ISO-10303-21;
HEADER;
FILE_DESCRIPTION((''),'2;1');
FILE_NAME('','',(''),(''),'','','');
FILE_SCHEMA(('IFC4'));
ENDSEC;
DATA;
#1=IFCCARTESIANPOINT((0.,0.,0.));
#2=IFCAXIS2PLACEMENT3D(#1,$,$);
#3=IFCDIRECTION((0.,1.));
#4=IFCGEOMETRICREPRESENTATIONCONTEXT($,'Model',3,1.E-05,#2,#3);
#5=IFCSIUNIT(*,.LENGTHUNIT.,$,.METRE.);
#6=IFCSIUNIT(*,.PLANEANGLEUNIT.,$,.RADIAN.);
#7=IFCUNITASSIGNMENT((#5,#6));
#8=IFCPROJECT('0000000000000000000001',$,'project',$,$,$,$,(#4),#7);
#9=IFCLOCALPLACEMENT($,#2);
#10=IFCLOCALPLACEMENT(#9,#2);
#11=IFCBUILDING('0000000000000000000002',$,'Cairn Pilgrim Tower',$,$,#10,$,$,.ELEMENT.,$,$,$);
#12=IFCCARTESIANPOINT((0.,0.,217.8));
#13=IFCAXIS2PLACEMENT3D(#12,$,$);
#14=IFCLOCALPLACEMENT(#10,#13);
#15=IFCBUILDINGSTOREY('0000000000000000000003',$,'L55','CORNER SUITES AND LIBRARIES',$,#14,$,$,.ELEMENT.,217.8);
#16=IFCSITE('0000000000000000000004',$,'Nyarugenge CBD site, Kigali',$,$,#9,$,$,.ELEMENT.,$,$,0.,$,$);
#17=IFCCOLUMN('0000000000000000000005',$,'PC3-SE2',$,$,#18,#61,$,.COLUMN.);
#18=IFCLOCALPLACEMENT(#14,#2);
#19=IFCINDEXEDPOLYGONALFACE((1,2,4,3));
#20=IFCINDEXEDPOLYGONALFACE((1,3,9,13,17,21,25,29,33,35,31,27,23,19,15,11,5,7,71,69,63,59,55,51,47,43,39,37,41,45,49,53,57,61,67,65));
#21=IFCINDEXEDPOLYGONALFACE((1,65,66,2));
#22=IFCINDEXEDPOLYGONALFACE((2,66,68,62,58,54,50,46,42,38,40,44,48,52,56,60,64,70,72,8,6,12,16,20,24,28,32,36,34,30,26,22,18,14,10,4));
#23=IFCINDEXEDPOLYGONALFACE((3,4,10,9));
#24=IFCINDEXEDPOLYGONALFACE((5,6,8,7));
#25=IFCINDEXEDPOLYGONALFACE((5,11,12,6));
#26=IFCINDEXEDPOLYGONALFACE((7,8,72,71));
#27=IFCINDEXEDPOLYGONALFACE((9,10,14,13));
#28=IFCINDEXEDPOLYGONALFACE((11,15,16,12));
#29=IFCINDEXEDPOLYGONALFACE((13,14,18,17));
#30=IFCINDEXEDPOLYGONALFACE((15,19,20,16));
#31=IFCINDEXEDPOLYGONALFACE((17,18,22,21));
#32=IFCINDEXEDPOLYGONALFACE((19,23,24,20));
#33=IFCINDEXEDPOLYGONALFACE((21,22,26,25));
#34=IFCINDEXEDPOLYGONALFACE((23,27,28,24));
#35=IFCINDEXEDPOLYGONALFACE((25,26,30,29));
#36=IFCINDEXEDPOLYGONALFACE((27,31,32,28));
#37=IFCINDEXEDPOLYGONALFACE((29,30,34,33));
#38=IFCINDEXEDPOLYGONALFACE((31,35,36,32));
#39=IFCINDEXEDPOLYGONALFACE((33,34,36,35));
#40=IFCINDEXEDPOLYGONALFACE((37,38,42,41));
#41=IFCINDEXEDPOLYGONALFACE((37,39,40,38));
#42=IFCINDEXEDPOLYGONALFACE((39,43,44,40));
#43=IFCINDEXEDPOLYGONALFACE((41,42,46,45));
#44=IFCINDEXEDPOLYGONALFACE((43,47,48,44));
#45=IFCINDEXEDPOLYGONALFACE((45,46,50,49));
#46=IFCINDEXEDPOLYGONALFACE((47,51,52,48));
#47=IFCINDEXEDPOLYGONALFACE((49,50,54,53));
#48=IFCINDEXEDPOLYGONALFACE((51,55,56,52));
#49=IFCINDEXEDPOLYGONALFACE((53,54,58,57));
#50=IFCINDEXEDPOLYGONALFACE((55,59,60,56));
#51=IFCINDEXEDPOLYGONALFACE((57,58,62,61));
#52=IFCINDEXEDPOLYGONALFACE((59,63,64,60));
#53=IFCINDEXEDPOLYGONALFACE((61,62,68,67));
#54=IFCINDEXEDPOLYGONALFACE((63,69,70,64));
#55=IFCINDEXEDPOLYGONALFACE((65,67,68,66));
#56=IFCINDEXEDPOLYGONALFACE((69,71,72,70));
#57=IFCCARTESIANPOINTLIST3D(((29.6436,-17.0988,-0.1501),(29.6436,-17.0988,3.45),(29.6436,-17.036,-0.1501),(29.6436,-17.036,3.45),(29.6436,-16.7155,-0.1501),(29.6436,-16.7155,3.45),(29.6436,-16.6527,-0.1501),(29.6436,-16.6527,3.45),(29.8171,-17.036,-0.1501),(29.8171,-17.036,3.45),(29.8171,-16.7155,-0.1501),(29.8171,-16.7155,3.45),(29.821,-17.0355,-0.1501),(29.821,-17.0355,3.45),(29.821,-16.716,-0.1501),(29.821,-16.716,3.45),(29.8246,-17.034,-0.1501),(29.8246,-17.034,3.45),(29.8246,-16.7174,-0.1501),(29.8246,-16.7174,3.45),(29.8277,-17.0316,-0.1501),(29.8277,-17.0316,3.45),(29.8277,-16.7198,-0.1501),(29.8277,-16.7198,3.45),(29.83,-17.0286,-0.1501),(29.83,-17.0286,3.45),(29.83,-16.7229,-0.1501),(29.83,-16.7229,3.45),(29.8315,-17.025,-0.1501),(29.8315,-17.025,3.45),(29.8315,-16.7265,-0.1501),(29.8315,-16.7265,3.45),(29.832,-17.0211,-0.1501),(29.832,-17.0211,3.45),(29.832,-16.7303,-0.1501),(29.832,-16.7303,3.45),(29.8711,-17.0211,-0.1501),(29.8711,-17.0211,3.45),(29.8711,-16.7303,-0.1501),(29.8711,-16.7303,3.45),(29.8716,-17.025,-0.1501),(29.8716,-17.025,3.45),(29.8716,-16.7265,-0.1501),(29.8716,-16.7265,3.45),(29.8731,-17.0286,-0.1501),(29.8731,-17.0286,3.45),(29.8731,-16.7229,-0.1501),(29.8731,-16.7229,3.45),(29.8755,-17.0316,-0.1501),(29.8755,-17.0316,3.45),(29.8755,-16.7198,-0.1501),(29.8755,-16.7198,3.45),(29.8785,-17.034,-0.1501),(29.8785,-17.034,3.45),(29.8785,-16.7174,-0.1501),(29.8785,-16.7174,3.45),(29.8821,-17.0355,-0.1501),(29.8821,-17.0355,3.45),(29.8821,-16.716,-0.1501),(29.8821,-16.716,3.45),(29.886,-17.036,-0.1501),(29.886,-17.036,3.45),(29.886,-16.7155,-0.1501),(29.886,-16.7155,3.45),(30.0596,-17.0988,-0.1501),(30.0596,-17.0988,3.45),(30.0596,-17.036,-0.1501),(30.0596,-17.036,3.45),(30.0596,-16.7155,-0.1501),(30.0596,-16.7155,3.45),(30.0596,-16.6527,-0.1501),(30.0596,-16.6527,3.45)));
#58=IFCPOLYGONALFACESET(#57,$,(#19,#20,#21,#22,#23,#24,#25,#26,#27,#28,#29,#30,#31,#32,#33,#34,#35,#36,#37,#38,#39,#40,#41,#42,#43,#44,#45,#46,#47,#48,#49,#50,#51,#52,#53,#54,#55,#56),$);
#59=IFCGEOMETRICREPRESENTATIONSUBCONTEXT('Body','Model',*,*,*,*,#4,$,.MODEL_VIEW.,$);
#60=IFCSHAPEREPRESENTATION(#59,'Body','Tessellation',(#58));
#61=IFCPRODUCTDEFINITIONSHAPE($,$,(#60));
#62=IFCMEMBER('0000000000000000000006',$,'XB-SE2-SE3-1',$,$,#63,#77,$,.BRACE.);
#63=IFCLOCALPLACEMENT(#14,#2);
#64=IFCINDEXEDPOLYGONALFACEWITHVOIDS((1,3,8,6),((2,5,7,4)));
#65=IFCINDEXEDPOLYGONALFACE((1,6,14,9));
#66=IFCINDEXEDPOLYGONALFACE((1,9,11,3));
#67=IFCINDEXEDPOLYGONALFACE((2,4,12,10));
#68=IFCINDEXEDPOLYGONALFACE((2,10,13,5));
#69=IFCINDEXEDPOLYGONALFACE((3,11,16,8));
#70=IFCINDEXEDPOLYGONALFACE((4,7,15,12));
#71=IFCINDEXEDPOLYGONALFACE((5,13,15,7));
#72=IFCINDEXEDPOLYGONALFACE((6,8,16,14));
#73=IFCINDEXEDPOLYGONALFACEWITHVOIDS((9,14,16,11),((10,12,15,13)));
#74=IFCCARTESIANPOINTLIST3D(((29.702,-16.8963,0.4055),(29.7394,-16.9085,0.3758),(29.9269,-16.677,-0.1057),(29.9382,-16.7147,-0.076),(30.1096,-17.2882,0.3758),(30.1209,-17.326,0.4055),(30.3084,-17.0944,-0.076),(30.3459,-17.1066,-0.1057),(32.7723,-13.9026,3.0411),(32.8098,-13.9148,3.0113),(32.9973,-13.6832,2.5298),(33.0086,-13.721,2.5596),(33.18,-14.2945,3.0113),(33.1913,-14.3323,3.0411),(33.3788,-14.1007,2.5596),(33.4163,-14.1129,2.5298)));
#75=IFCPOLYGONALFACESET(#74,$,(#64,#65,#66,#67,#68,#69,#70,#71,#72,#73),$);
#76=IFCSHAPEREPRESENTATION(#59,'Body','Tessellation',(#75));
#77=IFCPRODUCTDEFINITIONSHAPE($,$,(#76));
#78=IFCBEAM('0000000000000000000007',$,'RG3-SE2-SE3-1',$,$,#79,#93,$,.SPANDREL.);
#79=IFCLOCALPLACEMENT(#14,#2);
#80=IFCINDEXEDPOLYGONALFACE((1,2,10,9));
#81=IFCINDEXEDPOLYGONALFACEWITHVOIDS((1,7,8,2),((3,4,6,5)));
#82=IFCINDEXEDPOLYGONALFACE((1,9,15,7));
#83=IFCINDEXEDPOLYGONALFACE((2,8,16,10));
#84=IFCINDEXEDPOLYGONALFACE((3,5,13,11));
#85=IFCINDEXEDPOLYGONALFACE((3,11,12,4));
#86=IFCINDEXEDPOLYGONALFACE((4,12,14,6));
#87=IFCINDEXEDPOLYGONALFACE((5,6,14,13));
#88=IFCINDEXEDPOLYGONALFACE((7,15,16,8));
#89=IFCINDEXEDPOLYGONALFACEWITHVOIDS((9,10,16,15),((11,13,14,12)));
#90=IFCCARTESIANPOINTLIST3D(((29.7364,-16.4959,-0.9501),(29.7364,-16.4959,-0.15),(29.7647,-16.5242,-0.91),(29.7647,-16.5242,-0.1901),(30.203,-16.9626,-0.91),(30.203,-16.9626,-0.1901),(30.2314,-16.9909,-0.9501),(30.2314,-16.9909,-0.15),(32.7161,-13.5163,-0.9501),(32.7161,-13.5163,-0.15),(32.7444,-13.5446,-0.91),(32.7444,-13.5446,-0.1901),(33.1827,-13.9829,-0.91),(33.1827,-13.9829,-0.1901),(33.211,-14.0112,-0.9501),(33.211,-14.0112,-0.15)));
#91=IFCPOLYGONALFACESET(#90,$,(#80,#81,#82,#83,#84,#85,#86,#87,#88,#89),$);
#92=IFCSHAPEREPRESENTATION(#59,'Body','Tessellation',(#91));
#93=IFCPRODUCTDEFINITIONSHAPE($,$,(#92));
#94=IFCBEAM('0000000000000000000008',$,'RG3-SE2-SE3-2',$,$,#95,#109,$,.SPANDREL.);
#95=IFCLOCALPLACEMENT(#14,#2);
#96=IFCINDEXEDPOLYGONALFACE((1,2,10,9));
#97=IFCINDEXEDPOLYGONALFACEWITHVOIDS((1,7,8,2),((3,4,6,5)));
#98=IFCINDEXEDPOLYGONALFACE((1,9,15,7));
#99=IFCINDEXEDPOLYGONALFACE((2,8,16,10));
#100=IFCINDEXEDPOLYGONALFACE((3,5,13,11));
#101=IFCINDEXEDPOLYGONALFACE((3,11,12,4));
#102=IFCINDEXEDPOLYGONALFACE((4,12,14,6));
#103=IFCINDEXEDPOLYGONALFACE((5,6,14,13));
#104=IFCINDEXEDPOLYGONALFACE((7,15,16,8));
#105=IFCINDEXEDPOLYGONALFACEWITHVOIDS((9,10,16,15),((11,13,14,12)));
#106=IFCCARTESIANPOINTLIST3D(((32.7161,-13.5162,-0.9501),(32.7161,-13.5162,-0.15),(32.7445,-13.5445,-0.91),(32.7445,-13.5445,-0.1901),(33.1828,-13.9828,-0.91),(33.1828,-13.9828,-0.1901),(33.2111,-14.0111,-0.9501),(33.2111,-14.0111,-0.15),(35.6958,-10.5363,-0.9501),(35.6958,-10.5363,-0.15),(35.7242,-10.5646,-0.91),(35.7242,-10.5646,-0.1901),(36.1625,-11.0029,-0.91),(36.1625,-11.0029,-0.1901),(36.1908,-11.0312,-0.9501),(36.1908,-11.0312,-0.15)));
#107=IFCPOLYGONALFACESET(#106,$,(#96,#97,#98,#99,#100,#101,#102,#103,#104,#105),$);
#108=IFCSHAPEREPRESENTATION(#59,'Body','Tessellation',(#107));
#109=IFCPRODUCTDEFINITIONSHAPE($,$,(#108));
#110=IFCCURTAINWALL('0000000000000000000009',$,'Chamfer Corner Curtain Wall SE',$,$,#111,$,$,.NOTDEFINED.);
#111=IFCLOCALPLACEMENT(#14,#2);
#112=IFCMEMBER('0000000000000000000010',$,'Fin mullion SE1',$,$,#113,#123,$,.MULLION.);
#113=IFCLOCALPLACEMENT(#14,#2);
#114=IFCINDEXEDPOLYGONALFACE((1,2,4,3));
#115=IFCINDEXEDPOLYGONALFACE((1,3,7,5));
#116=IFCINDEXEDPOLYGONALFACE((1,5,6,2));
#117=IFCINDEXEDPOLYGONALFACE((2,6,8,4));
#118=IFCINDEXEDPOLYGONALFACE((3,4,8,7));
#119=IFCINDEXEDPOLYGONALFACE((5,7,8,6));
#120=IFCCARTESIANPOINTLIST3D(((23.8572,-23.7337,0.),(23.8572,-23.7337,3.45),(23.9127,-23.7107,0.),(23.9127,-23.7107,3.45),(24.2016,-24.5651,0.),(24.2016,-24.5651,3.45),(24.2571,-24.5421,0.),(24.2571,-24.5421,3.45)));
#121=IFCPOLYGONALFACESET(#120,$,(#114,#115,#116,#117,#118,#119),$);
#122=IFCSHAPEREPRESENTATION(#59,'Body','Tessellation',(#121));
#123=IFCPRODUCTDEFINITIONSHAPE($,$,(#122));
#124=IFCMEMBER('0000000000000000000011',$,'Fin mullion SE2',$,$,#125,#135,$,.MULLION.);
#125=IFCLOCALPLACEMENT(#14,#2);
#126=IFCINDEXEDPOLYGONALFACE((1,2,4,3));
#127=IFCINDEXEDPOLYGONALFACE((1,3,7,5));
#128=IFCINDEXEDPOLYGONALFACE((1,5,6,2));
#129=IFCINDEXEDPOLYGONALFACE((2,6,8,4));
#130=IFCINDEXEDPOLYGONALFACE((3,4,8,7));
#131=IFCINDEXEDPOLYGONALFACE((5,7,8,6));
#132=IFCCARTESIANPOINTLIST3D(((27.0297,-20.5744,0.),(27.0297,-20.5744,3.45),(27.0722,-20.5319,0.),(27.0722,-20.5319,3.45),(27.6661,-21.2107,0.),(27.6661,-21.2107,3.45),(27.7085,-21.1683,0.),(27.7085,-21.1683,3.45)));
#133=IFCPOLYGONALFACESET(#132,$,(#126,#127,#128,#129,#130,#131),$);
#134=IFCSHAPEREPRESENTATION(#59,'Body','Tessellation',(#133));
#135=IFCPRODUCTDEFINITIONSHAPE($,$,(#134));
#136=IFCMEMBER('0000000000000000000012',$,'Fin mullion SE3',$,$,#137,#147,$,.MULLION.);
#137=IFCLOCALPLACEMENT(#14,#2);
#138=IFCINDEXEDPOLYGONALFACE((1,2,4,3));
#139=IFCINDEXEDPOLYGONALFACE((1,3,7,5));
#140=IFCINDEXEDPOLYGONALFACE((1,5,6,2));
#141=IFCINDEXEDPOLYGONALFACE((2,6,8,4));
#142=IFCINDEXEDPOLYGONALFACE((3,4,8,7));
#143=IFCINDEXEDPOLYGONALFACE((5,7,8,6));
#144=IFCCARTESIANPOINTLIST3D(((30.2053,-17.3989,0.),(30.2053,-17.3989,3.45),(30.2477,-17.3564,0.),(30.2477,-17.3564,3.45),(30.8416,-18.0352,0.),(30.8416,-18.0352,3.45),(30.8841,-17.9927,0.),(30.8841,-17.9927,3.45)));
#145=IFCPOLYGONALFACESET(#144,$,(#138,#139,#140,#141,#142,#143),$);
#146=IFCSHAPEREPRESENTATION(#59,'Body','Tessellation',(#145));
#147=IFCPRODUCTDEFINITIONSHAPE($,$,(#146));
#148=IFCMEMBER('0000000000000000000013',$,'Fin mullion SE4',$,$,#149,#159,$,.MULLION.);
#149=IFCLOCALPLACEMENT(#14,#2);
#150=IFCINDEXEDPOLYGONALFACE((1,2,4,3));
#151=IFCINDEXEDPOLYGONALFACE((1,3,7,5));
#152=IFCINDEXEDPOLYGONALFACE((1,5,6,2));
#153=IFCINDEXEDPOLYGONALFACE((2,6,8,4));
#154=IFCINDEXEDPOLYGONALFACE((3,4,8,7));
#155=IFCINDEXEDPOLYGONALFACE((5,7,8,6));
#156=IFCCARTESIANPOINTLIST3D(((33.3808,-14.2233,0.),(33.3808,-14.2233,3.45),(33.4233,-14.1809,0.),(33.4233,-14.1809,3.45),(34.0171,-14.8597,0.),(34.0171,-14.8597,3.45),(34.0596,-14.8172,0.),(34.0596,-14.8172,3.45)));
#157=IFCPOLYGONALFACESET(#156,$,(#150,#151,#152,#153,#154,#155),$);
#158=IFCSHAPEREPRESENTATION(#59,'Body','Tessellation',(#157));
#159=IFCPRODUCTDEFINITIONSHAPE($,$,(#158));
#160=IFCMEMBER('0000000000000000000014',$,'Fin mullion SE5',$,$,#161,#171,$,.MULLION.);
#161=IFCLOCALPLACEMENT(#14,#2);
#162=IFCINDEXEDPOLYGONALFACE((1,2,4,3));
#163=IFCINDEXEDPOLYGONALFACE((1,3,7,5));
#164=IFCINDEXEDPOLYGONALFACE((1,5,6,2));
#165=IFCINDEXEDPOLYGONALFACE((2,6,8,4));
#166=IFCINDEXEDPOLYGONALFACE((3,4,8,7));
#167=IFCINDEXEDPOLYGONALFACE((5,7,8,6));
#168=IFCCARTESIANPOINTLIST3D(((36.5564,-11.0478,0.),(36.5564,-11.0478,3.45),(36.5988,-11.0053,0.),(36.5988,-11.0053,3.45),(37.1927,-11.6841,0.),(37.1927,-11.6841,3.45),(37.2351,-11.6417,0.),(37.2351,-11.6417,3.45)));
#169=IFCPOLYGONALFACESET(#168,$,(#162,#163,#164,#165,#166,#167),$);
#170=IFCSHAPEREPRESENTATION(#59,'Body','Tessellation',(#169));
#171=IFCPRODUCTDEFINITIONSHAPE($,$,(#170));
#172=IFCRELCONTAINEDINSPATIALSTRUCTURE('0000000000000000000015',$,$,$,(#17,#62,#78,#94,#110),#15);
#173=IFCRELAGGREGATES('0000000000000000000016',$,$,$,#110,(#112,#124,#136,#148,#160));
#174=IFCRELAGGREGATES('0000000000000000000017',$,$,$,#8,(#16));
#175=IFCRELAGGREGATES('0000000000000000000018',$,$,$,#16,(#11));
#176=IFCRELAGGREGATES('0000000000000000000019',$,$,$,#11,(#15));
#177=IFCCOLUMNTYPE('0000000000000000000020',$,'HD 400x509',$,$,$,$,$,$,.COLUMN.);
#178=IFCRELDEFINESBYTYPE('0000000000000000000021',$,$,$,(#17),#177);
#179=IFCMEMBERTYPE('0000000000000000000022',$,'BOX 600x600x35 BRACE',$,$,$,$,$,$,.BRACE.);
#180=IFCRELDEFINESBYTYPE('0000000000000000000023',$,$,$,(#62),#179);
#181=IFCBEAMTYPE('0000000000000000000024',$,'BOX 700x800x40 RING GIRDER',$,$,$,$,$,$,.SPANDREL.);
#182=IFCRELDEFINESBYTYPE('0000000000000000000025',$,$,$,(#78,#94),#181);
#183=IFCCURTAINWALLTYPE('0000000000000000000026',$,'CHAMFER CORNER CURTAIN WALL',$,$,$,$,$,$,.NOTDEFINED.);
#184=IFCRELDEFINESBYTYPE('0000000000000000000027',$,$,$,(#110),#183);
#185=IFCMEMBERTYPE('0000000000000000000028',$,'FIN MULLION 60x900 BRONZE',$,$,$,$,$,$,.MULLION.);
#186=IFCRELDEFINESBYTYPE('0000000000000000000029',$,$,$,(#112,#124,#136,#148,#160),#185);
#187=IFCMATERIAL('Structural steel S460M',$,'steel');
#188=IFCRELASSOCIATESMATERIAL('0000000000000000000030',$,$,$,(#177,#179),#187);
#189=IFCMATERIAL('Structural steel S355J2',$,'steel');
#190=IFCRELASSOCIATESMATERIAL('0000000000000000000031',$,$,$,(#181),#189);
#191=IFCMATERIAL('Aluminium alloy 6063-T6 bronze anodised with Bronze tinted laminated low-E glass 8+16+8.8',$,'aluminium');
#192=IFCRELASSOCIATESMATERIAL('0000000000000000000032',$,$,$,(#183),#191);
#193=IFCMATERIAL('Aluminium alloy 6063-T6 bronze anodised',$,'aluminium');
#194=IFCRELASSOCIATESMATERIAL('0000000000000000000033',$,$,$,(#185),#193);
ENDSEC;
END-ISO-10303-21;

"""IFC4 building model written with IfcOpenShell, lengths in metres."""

from ifc_helpers import new_model, si_unit, direction, frame, origin, origin_2d, place, context, subcontext, project, spatial, rectangle, hollow_rectangle, i_section, extrude, material, material_profile, profile_set, type_object, element, aggregate, save


model = new_model("IFC4")

# Units and contexts
model_context = context("Model", 3, precision=1e-05, world=origin(), true_north=direction((0.0, 1.0)))
body_context = subcontext(model_context, "Body", "Model", "MODEL_VIEW")
ifc_project = project(units=[si_unit("LENGTHUNIT", "METRE"), si_unit("PLANEANGLEUNIT", "RADIAN")], contexts=[model_context])

# Site, building, storey
site_placement = place(None, origin())
site = spatial("IfcSite", under=ifc_project, at=site_placement, Name="Nyarugenge CBD site, Kigali", CompositionType="ELEMENT", RefElevation=0.0)
building_placement = place(site_placement, origin())
building = spatial("IfcBuilding", under=site, at=building_placement, Name="Cairn Pilgrim Tower", CompositionType="ELEMENT")
storey_placement = place(building_placement, frame((0.0, 0.0, 217.8)))
storey = spatial("IfcBuildingStorey", under=building, at=storey_placement, Name="L55", Description="CORNER SUITES AND LIBRARIES", CompositionType="ELEMENT", Elevation=217.8)

# Column
ifc_material_1 = material(Name="Structural steel S460M", Category="steel")
ifc_material_profile_1 = material_profile(ifc_material_1, i_section(OverallWidth=0.416, OverallDepth=0.446, WebThickness=0.0391, FlangeThickness=0.0627, FilletRadius=0.0149, at=origin_2d()), Name="HD 400x509")
ifc_profile_set_1 = profile_set([ifc_material_profile_1], Name="Structural steel S460M")
column_type = type_object("IfcColumnType", Name="HD 400x509", PredefinedType="COLUMN", material=ifc_profile_set_1)
column_placement = place(storey_placement, frame((29.8516, -16.8757, -0.1501), z_axis=(0.0, 0.0, 1.0), x_axis=(1.0, 0.0, 0.0)))
element("IfcColumn", 1, at=column_placement, inside=storey, type_object=column_type, Name="PC3-SE2", PredefinedType="COLUMN", context=body_context, shape_type="SweptSolid", body=[
    extrude(i_section(OverallWidth=0.416, OverallDepth=0.446, WebThickness=0.0391, FlangeThickness=0.0627, FilletRadius=0.0149, at=origin_2d()), origin(), (0.0, 0.0, 1.0), 3.6001),
])

# Member
ifc_material_profile_2 = material_profile(ifc_material_1, hollow_rectangle(XDim=0.6001, YDim=0.6001, WallThickness=0.0349, at=origin_2d()), Name="BOX 600x600x35")
ifc_profile_set_2 = profile_set([ifc_material_profile_2], Name="Structural steel S460M")
member_type_1 = type_object("IfcMemberType", Name="BOX 600x600x35 BRACE", PredefinedType="BRACE", material=ifc_profile_set_2)
member_1_placement = place(storey_placement, frame((30.0239, -17.0015, 0.1499), z_axis=(0.609994, 0.594763, 0.523607), x_axis=(-0.698112, 0.715989, 0.0)))
element("IfcMember", 2, at=member_1_placement, inside=storey, type_object=member_type_1, Name="XB-SE2-SE3-1", PredefinedType="BRACE", context=body_context, shape_type="SweptSolid", body=[
    extrude(hollow_rectangle(XDim=0.6001, YDim=0.6001, WallThickness=0.0349, at=origin_2d()), origin(), (0.0, 0.0, 1.0), 5.0334),
])

# Beams
ifc_material_2 = material(Name="Structural steel S355J2", Category="steel")
ifc_material_profile_3 = material_profile(ifc_material_2, hollow_rectangle(XDim=0.7, YDim=0.8, WallThickness=0.04, at=origin_2d()), Name="BOX 700x800x40")
ifc_profile_set_3 = profile_set([ifc_material_profile_3], Name="Structural steel S355J2")
beam_type_1 = type_object("IfcBeamType", Name="BOX 700x800x40 RING GIRDER", PredefinedType="SPANDREL", material=ifc_profile_set_3)
beam_1_placement = place(storey_placement, frame((29.9839, -16.7434, -0.55), z_axis=(0.707107, 0.707107, 0.0), x_axis=(-0.707107, 0.707107, 0.0)))
element("IfcBeam", 3, at=beam_1_placement, inside=storey, type_object=beam_type_1, Name="RG3-SE2-SE3-1", PredefinedType="SPANDREL", context=body_context, shape_type="SweptSolid", body=[
    extrude(hollow_rectangle(XDim=0.7, YDim=0.8, WallThickness=0.04, at=origin_2d()), origin(), (0.0, 0.0, 1.0), 4.2139),
])
beam_2_placement = place(storey_placement, frame((32.9636, -13.7637, -0.55), z_axis=(0.707078, 0.707136, 0.0), x_axis=(-0.707136, 0.707078, 0.0)))
element("IfcBeam", 4, at=beam_2_placement, inside=storey, type_object=beam_type_1, Name="RG3-SE2-SE3-2", PredefinedType="SPANDREL", context=body_context, shape_type="SweptSolid", body=[
    extrude(hollow_rectangle(XDim=0.7, YDim=0.8, WallThickness=0.04, at=origin_2d()), origin(), (0.0, 0.0, 1.0), 4.2141),
])

# Curtain wall, members
ifc_material_3 = material(Name="Aluminium alloy 6063-T6 bronze anodised with Bronze tinted laminated low-E glass 8+16+8.8", Category="aluminium")
curtain_wall_type = type_object("IfcCurtainWallType", Name="CHAMFER CORNER CURTAIN WALL", PredefinedType="NOTDEFINED", material=ifc_material_3)
curtain_wall_placement = place(storey_placement, origin())
curtain_wall = element("IfcCurtainWall", 5, at=curtain_wall_placement, inside=storey, type_object=curtain_wall_type, Name="Chamfer Corner Curtain Wall SE", PredefinedType="NOTDEFINED")
ifc_material_4 = material(Name="Aluminium alloy 6063-T6 bronze anodised", Category="aluminium")
ifc_material_profile_4 = material_profile(ifc_material_4, rectangle(XDim=0.8999, YDim=0.0601, at=origin_2d()), Name="FIN MULLION 60x900 BRONZE")
ifc_profile_set_4 = profile_set([ifc_material_profile_4], Name="Aluminium alloy 6063-T6 bronze anodised")
member_type_2 = type_object("IfcMemberType", Name="FIN MULLION 60x900 BRONZE", PredefinedType="MULLION", material=ifc_profile_set_4)
member_2_placement = place(storey_placement, frame((24.0571, -24.1379, 0.0), z_axis=(0.0, 0.0, 1.0), x_axis=(0.382683, -0.92388, 0.0)))
member_2 = element("IfcMember", 6, at=member_2_placement, type_object=member_type_2, Name="Fin mullion SE1", PredefinedType="MULLION", context=body_context, shape_type="SweptSolid", body=[
    extrude(rectangle(XDim=0.8999, YDim=0.0601, at=origin_2d()), origin(), (0.0, 0.0, 1.0), 3.45),
])
member_3_placement = place(storey_placement, frame((27.3691, -20.8713, 0.0), z_axis=(0.0, 0.0, 1.0), x_axis=(0.707107, -0.707107, 0.0)))
member_3 = element("IfcMember", 7, at=member_3_placement, type_object=member_type_2, Name="Fin mullion SE2", PredefinedType="MULLION", context=body_context, shape_type="SweptSolid", body=[
    extrude(rectangle(XDim=0.8999, YDim=0.0601, at=origin_2d()), origin(), (0.0, 0.0, 1.0), 3.45),
])
member_4_placement = place(storey_placement, frame((30.5447, -17.6958, 0.0), z_axis=(0.0, 0.0, 1.0), x_axis=(0.707107, -0.707107, 0.0)))
member_4 = element("IfcMember", 8, at=member_4_placement, type_object=member_type_2, Name="Fin mullion SE3", PredefinedType="MULLION", context=body_context, shape_type="SweptSolid", body=[
    extrude(rectangle(XDim=0.8999, YDim=0.0601, at=origin_2d()), origin(), (0.0, 0.0, 1.0), 3.45),
])
member_5_placement = place(storey_placement, frame((33.7202, -14.5203, 0.0), z_axis=(0.0, 0.0, 1.0), x_axis=(0.707107, -0.707107, 0.0)))
member_5 = element("IfcMember", 9, at=member_5_placement, type_object=member_type_2, Name="Fin mullion SE4", PredefinedType="MULLION", context=body_context, shape_type="SweptSolid", body=[
    extrude(rectangle(XDim=0.8999, YDim=0.0601, at=origin_2d()), origin(), (0.0, 0.0, 1.0), 3.45),
])
member_6_placement = place(storey_placement, frame((36.8958, -11.3447, 0.0), z_axis=(0.0, 0.0, 1.0), x_axis=(0.707107, -0.707107, 0.0)))
member_6 = element("IfcMember", 10, at=member_6_placement, type_object=member_type_2, Name="Fin mullion SE5", PredefinedType="MULLION", context=body_context, shape_type="SweptSolid", body=[
    extrude(rectangle(XDim=0.8999, YDim=0.0601, at=origin_2d()), origin(), (0.0, 0.0, 1.0), 3.45),
])

aggregate(curtain_wall, [member_2, member_3, member_4, member_5, member_6])

save(model, "model.ifc")
